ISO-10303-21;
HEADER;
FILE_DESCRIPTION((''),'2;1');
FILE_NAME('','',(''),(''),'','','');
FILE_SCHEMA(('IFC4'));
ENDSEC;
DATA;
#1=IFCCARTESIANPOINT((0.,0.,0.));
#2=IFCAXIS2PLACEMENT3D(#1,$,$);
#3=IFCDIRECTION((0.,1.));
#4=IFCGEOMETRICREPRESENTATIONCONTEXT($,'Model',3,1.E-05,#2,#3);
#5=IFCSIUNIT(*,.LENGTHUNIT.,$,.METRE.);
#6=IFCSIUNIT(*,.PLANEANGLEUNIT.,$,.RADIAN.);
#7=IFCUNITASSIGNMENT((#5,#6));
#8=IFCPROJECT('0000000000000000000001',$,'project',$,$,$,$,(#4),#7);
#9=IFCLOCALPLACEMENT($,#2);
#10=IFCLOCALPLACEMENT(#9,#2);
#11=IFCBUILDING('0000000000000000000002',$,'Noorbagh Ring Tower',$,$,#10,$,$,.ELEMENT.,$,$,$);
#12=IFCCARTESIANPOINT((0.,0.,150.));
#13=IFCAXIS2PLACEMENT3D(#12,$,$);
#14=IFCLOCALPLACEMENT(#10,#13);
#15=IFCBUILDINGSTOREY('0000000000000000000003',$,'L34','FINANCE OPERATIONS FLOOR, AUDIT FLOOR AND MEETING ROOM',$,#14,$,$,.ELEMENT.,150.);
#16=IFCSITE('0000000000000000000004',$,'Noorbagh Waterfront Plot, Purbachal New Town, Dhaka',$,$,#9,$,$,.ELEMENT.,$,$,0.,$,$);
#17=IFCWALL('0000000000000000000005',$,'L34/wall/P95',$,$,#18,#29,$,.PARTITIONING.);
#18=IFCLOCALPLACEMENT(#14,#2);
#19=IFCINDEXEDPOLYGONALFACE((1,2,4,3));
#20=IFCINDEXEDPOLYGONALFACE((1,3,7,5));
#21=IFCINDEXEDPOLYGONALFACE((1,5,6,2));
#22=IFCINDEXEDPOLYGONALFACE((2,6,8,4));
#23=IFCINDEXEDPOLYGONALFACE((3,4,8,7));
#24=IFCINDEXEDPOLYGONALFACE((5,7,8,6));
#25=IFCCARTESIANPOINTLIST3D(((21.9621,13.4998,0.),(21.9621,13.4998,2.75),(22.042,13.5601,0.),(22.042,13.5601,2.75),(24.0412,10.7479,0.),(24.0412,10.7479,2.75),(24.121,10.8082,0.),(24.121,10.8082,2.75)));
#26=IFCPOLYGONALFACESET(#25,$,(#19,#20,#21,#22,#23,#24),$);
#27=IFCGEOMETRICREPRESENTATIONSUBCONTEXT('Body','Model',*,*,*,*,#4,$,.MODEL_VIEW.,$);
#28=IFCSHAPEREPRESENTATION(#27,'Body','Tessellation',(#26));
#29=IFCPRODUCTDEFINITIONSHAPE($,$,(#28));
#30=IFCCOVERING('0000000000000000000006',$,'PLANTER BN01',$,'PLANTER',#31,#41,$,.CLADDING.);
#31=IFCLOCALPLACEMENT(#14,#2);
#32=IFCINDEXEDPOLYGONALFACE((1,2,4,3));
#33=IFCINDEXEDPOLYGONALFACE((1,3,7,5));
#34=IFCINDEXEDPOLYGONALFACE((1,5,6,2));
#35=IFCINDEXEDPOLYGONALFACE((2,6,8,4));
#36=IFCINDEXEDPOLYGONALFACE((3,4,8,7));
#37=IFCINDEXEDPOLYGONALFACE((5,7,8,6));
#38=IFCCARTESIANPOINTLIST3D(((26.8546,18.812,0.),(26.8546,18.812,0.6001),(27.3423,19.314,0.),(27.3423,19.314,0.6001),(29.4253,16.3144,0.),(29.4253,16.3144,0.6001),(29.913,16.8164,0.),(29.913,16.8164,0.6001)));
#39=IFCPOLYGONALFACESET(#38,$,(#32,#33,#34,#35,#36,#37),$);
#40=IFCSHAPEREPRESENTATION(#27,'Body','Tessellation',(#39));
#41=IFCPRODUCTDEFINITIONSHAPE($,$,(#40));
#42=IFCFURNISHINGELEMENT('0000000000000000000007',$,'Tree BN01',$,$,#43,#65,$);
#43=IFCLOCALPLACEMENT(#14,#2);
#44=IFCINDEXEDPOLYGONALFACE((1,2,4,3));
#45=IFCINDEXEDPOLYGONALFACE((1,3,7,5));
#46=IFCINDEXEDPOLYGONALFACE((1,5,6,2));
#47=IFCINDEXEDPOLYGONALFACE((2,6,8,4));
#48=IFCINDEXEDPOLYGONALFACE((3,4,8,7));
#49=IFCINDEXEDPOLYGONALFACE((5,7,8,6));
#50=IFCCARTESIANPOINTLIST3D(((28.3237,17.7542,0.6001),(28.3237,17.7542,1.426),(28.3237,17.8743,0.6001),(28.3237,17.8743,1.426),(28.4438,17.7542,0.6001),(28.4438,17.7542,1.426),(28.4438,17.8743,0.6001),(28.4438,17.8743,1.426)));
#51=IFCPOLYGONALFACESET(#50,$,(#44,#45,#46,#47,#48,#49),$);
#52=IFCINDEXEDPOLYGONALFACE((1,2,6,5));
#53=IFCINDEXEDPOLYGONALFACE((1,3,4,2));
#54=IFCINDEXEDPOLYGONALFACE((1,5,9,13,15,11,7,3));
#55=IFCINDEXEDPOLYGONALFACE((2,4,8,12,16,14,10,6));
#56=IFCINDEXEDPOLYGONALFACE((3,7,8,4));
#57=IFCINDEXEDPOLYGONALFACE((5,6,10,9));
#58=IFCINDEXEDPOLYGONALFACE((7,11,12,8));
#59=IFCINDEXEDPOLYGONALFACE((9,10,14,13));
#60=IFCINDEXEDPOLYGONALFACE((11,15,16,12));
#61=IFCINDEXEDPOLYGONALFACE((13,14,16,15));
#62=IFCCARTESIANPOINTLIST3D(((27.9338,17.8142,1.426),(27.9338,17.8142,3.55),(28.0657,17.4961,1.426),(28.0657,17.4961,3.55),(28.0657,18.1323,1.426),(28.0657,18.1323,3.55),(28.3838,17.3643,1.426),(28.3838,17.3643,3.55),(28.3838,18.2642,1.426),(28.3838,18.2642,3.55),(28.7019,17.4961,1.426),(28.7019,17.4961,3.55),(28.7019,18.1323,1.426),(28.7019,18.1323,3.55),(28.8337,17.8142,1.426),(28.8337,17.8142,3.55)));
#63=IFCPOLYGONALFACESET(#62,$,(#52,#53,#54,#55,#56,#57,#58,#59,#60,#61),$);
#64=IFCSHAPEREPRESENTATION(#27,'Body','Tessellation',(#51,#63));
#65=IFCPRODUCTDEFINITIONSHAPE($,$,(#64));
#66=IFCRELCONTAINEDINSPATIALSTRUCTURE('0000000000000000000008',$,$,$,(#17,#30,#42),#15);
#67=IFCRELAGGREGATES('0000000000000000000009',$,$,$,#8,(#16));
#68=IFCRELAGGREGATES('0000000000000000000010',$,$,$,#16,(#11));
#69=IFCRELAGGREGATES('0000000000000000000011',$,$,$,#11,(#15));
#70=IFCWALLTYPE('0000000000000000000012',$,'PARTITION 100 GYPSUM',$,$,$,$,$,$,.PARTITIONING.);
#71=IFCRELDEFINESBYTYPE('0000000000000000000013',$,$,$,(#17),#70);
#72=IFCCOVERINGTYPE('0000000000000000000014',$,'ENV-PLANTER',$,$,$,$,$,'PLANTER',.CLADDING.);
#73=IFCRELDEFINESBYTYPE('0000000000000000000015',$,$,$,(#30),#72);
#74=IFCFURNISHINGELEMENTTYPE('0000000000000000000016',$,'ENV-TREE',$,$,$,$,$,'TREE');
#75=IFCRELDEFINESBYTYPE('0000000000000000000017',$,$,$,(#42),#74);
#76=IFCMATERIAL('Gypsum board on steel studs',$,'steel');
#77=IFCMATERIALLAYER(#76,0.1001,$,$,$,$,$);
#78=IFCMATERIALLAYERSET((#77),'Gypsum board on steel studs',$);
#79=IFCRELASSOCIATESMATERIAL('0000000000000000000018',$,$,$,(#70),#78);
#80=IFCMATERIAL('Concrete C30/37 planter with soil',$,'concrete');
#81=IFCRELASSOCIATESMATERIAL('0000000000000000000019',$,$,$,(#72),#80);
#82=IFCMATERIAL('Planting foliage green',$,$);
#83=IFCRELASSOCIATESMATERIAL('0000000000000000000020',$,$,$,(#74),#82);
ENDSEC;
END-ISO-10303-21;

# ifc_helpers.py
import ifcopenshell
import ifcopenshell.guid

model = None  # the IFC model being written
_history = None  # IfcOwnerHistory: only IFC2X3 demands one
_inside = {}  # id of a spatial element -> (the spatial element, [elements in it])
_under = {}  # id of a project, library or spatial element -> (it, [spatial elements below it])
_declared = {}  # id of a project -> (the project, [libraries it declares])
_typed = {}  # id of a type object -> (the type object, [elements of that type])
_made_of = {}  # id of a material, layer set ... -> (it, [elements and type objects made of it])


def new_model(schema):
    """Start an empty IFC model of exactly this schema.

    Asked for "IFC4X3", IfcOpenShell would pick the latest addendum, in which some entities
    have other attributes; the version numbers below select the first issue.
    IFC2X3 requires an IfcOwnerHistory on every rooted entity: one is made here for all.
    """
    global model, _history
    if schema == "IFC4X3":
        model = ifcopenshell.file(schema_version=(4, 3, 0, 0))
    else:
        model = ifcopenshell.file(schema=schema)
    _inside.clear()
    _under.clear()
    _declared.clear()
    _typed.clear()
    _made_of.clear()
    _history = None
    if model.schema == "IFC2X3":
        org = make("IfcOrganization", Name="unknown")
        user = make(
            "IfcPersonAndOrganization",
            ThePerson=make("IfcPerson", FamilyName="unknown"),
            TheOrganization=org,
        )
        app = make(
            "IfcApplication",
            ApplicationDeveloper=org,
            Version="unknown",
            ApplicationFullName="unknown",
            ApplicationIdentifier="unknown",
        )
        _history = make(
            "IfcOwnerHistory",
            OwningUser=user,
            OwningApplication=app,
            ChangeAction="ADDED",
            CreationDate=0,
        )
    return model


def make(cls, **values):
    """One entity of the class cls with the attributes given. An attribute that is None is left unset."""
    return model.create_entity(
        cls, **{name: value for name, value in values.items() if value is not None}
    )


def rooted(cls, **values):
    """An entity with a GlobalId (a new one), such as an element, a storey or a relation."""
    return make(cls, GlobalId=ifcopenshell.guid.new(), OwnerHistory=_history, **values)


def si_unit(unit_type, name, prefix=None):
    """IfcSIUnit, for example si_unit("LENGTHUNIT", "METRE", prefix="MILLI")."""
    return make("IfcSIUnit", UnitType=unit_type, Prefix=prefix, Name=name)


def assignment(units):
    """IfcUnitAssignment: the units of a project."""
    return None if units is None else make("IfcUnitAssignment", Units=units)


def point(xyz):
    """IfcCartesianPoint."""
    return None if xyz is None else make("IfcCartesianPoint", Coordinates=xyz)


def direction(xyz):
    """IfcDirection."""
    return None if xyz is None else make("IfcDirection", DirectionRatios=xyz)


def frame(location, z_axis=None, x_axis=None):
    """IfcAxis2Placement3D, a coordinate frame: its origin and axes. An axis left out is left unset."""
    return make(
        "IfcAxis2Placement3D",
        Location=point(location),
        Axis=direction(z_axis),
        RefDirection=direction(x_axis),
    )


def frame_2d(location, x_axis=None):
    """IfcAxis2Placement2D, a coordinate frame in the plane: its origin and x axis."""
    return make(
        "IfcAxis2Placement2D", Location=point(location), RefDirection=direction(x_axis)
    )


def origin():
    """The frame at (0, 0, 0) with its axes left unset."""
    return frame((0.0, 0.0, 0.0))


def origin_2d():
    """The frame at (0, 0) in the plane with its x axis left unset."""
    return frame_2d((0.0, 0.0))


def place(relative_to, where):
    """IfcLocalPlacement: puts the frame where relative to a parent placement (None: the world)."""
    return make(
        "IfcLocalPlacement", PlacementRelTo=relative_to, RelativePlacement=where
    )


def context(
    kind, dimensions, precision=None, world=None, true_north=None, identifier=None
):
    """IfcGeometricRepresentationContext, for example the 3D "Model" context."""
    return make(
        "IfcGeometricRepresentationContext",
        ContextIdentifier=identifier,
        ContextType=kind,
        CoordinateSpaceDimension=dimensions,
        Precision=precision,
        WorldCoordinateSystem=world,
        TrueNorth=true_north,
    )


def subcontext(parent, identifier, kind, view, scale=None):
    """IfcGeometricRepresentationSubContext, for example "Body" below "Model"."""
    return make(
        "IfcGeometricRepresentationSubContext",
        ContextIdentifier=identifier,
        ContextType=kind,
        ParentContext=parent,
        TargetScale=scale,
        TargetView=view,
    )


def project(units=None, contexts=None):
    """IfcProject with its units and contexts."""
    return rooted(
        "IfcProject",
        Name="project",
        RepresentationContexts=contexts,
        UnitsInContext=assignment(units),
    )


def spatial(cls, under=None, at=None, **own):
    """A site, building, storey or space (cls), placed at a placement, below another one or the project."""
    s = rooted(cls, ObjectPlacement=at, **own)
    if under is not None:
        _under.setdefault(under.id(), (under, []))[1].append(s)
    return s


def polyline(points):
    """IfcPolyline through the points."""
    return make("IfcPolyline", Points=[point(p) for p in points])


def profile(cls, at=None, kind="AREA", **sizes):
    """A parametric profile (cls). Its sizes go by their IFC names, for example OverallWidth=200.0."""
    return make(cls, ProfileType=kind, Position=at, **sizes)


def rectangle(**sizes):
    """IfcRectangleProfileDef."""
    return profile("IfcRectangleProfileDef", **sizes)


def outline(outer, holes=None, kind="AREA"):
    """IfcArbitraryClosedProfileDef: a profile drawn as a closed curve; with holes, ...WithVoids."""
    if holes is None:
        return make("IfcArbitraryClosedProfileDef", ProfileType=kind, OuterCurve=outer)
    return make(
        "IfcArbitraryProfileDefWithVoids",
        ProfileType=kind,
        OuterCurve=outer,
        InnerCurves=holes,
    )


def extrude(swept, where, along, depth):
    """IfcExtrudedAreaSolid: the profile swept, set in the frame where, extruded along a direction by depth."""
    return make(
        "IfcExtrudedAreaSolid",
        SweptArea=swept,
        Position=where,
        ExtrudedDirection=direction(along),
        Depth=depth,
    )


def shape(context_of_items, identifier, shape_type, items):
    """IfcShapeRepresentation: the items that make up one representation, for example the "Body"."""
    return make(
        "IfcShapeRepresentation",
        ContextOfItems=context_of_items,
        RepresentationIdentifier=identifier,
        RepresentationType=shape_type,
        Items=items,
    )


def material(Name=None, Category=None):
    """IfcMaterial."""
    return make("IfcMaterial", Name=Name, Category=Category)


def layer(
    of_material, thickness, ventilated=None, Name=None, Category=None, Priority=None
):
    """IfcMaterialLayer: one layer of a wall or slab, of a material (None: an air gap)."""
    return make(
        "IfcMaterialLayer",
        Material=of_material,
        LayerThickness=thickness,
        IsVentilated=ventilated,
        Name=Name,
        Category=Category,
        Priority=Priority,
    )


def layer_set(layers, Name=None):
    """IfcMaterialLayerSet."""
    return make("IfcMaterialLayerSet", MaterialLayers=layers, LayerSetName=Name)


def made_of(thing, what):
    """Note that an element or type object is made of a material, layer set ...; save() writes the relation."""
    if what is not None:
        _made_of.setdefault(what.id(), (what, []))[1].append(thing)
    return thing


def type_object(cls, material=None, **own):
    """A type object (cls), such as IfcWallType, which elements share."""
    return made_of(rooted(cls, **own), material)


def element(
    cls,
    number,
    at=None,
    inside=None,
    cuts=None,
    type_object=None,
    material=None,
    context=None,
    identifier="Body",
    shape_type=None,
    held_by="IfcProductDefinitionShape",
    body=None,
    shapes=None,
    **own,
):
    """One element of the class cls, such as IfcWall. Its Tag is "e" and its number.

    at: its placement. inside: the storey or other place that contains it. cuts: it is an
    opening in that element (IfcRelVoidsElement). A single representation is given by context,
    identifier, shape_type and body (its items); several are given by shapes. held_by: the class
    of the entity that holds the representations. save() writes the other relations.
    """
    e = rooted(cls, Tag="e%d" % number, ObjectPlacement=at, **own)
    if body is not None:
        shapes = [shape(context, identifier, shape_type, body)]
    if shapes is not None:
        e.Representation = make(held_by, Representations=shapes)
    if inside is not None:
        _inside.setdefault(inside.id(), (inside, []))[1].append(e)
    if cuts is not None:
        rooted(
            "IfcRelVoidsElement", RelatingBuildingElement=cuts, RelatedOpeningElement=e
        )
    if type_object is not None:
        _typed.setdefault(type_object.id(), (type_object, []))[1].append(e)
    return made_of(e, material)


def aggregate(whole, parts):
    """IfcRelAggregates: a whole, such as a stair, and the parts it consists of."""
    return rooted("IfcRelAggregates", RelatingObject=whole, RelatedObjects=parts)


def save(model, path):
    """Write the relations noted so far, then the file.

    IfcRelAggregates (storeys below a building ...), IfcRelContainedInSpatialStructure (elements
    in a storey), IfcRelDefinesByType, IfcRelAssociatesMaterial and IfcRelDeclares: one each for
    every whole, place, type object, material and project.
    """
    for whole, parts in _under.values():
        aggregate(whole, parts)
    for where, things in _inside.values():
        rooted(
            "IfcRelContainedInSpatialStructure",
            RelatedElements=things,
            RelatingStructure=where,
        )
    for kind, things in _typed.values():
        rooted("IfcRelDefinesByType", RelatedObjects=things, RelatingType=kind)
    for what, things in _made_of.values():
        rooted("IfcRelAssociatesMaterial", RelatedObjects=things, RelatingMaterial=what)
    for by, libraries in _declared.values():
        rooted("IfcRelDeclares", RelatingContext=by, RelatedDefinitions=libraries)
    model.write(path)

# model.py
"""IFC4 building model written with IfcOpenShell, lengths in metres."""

from ifc_helpers import new_model, si_unit, direction, frame, frame_2d, origin, origin_2d, place, context, subcontext, project, spatial, polyline, rectangle, outline, extrude, material, layer, layer_set, type_object, element, save


model = new_model("IFC4")

# Units and contexts
model_context = context("Model", 3, precision=1e-05, world=origin(), true_north=direction((0.0, 1.0)))
body_context = subcontext(model_context, "Body", "Model", "MODEL_VIEW")
ifc_project = project(units=[si_unit("LENGTHUNIT", "METRE"), si_unit("PLANEANGLEUNIT", "RADIAN")], contexts=[model_context])

# Site, building, storey
site_placement = place(None, origin())
site = spatial("IfcSite", under=ifc_project, at=site_placement, Name="Noorbagh Waterfront Plot, Purbachal New Town, Dhaka", CompositionType="ELEMENT", RefElevation=0.0)
building_placement = place(site_placement, origin())
building = spatial("IfcBuilding", under=site, at=building_placement, Name="Noorbagh Ring Tower", CompositionType="ELEMENT")
storey_placement = place(building_placement, frame((0.0, 0.0, 150.0)))
storey = spatial("IfcBuildingStorey", under=building, at=storey_placement, Name="L34", Description="FINANCE OPERATIONS FLOOR, AUDIT FLOOR AND MEETING ROOM", CompositionType="ELEMENT", Elevation=150.0)

# Wall
ifc_material_1 = material(Name="Gypsum board on steel studs", Category="steel")
ifc_layer_1 = layer(ifc_material_1, 0.1001)
ifc_layer_set_1 = layer_set([ifc_layer_1], Name="Gypsum board on steel studs")
wall_type_1 = type_object("IfcWallType", Name="PARTITION 100 GYPSUM", PredefinedType="PARTITIONING", material=ifc_layer_set_1)
wall_1_placement = place(storey_placement, frame((22.002, 13.53, 0.0), z_axis=(0.0, 0.0, 1.0), x_axis=(0.602805, -0.797889, 0.0)))
element("IfcWall", 1, at=wall_1_placement, inside=storey, type_object=wall_type_1, Name="L34/wall/P95", PredefinedType="PARTITIONING", context=body_context, shape_type="SweptSolid", body=[
    extrude(rectangle(XDim=3.449, YDim=0.1001, at=frame_2d((1.7246, 0.0))), origin(), (0.0, 0.0, 1.0), 2.75),
])

# Covering
ifc_material_2 = material(Name="Concrete C30/37 planter with soil", Category="concrete")
covering_type = type_object("IfcCoveringType", Name="ENV-PLANTER", ElementType="PLANTER", PredefinedType="CLADDING", material=ifc_material_2)
covering_placement = place(storey_placement, frame((28.3838, 17.8142, 0.0), z_axis=(0.0, 0.0, 1.0), x_axis=(-0.717225, 0.696842, 0.0)))
element("IfcCovering", 2, at=covering_placement, inside=storey, type_object=covering_type, Name="PLANTER BN01", ObjectType="PLANTER", PredefinedType="CLADDING", context=body_context, shape_type="SweptSolid", body=[
    extrude(rectangle(XDim=3.5842, YDim=0.7, at=origin_2d()), origin(), (0.0, 0.0, 1.0), 0.6001),
])

# Furnishing element
ifc_material_3 = material(Name="Planting foliage green")
furnishing_element_type = type_object("IfcFurnishingElementType", Name="ENV-TREE", ElementType="TREE", material=ifc_material_3)
furnishing_placement = place(storey_placement, frame((28.3838, 17.8142, 0.6001), z_axis=(0.0, 0.0, 1.0), x_axis=(1.0, 0.0, 0.0)))
element("IfcFurnishingElement", 3, at=furnishing_placement, inside=storey, type_object=furnishing_element_type, Name="Tree BN01", context=body_context, shape_type="SweptSolid", body=[
    extrude(rectangle(XDim=0.1201, YDim=0.1201, at=origin_2d()), origin(), (0.0, 0.0, 1.0), 0.8259),
    extrude(outline(polyline([(0.45, 0.0), (0.3181, 0.3181), (0.0, 0.45), (-0.3181, 0.3181), (-0.45, 0.0), (-0.3181, -0.3181), (0.0, -0.45), (0.3181, -0.3181), (0.45, 0.0)])), frame((0.0, 0.0, 0.8259)), (0.0, 0.0, 1.0), 2.124),
])

save(model, "model.ifc")
